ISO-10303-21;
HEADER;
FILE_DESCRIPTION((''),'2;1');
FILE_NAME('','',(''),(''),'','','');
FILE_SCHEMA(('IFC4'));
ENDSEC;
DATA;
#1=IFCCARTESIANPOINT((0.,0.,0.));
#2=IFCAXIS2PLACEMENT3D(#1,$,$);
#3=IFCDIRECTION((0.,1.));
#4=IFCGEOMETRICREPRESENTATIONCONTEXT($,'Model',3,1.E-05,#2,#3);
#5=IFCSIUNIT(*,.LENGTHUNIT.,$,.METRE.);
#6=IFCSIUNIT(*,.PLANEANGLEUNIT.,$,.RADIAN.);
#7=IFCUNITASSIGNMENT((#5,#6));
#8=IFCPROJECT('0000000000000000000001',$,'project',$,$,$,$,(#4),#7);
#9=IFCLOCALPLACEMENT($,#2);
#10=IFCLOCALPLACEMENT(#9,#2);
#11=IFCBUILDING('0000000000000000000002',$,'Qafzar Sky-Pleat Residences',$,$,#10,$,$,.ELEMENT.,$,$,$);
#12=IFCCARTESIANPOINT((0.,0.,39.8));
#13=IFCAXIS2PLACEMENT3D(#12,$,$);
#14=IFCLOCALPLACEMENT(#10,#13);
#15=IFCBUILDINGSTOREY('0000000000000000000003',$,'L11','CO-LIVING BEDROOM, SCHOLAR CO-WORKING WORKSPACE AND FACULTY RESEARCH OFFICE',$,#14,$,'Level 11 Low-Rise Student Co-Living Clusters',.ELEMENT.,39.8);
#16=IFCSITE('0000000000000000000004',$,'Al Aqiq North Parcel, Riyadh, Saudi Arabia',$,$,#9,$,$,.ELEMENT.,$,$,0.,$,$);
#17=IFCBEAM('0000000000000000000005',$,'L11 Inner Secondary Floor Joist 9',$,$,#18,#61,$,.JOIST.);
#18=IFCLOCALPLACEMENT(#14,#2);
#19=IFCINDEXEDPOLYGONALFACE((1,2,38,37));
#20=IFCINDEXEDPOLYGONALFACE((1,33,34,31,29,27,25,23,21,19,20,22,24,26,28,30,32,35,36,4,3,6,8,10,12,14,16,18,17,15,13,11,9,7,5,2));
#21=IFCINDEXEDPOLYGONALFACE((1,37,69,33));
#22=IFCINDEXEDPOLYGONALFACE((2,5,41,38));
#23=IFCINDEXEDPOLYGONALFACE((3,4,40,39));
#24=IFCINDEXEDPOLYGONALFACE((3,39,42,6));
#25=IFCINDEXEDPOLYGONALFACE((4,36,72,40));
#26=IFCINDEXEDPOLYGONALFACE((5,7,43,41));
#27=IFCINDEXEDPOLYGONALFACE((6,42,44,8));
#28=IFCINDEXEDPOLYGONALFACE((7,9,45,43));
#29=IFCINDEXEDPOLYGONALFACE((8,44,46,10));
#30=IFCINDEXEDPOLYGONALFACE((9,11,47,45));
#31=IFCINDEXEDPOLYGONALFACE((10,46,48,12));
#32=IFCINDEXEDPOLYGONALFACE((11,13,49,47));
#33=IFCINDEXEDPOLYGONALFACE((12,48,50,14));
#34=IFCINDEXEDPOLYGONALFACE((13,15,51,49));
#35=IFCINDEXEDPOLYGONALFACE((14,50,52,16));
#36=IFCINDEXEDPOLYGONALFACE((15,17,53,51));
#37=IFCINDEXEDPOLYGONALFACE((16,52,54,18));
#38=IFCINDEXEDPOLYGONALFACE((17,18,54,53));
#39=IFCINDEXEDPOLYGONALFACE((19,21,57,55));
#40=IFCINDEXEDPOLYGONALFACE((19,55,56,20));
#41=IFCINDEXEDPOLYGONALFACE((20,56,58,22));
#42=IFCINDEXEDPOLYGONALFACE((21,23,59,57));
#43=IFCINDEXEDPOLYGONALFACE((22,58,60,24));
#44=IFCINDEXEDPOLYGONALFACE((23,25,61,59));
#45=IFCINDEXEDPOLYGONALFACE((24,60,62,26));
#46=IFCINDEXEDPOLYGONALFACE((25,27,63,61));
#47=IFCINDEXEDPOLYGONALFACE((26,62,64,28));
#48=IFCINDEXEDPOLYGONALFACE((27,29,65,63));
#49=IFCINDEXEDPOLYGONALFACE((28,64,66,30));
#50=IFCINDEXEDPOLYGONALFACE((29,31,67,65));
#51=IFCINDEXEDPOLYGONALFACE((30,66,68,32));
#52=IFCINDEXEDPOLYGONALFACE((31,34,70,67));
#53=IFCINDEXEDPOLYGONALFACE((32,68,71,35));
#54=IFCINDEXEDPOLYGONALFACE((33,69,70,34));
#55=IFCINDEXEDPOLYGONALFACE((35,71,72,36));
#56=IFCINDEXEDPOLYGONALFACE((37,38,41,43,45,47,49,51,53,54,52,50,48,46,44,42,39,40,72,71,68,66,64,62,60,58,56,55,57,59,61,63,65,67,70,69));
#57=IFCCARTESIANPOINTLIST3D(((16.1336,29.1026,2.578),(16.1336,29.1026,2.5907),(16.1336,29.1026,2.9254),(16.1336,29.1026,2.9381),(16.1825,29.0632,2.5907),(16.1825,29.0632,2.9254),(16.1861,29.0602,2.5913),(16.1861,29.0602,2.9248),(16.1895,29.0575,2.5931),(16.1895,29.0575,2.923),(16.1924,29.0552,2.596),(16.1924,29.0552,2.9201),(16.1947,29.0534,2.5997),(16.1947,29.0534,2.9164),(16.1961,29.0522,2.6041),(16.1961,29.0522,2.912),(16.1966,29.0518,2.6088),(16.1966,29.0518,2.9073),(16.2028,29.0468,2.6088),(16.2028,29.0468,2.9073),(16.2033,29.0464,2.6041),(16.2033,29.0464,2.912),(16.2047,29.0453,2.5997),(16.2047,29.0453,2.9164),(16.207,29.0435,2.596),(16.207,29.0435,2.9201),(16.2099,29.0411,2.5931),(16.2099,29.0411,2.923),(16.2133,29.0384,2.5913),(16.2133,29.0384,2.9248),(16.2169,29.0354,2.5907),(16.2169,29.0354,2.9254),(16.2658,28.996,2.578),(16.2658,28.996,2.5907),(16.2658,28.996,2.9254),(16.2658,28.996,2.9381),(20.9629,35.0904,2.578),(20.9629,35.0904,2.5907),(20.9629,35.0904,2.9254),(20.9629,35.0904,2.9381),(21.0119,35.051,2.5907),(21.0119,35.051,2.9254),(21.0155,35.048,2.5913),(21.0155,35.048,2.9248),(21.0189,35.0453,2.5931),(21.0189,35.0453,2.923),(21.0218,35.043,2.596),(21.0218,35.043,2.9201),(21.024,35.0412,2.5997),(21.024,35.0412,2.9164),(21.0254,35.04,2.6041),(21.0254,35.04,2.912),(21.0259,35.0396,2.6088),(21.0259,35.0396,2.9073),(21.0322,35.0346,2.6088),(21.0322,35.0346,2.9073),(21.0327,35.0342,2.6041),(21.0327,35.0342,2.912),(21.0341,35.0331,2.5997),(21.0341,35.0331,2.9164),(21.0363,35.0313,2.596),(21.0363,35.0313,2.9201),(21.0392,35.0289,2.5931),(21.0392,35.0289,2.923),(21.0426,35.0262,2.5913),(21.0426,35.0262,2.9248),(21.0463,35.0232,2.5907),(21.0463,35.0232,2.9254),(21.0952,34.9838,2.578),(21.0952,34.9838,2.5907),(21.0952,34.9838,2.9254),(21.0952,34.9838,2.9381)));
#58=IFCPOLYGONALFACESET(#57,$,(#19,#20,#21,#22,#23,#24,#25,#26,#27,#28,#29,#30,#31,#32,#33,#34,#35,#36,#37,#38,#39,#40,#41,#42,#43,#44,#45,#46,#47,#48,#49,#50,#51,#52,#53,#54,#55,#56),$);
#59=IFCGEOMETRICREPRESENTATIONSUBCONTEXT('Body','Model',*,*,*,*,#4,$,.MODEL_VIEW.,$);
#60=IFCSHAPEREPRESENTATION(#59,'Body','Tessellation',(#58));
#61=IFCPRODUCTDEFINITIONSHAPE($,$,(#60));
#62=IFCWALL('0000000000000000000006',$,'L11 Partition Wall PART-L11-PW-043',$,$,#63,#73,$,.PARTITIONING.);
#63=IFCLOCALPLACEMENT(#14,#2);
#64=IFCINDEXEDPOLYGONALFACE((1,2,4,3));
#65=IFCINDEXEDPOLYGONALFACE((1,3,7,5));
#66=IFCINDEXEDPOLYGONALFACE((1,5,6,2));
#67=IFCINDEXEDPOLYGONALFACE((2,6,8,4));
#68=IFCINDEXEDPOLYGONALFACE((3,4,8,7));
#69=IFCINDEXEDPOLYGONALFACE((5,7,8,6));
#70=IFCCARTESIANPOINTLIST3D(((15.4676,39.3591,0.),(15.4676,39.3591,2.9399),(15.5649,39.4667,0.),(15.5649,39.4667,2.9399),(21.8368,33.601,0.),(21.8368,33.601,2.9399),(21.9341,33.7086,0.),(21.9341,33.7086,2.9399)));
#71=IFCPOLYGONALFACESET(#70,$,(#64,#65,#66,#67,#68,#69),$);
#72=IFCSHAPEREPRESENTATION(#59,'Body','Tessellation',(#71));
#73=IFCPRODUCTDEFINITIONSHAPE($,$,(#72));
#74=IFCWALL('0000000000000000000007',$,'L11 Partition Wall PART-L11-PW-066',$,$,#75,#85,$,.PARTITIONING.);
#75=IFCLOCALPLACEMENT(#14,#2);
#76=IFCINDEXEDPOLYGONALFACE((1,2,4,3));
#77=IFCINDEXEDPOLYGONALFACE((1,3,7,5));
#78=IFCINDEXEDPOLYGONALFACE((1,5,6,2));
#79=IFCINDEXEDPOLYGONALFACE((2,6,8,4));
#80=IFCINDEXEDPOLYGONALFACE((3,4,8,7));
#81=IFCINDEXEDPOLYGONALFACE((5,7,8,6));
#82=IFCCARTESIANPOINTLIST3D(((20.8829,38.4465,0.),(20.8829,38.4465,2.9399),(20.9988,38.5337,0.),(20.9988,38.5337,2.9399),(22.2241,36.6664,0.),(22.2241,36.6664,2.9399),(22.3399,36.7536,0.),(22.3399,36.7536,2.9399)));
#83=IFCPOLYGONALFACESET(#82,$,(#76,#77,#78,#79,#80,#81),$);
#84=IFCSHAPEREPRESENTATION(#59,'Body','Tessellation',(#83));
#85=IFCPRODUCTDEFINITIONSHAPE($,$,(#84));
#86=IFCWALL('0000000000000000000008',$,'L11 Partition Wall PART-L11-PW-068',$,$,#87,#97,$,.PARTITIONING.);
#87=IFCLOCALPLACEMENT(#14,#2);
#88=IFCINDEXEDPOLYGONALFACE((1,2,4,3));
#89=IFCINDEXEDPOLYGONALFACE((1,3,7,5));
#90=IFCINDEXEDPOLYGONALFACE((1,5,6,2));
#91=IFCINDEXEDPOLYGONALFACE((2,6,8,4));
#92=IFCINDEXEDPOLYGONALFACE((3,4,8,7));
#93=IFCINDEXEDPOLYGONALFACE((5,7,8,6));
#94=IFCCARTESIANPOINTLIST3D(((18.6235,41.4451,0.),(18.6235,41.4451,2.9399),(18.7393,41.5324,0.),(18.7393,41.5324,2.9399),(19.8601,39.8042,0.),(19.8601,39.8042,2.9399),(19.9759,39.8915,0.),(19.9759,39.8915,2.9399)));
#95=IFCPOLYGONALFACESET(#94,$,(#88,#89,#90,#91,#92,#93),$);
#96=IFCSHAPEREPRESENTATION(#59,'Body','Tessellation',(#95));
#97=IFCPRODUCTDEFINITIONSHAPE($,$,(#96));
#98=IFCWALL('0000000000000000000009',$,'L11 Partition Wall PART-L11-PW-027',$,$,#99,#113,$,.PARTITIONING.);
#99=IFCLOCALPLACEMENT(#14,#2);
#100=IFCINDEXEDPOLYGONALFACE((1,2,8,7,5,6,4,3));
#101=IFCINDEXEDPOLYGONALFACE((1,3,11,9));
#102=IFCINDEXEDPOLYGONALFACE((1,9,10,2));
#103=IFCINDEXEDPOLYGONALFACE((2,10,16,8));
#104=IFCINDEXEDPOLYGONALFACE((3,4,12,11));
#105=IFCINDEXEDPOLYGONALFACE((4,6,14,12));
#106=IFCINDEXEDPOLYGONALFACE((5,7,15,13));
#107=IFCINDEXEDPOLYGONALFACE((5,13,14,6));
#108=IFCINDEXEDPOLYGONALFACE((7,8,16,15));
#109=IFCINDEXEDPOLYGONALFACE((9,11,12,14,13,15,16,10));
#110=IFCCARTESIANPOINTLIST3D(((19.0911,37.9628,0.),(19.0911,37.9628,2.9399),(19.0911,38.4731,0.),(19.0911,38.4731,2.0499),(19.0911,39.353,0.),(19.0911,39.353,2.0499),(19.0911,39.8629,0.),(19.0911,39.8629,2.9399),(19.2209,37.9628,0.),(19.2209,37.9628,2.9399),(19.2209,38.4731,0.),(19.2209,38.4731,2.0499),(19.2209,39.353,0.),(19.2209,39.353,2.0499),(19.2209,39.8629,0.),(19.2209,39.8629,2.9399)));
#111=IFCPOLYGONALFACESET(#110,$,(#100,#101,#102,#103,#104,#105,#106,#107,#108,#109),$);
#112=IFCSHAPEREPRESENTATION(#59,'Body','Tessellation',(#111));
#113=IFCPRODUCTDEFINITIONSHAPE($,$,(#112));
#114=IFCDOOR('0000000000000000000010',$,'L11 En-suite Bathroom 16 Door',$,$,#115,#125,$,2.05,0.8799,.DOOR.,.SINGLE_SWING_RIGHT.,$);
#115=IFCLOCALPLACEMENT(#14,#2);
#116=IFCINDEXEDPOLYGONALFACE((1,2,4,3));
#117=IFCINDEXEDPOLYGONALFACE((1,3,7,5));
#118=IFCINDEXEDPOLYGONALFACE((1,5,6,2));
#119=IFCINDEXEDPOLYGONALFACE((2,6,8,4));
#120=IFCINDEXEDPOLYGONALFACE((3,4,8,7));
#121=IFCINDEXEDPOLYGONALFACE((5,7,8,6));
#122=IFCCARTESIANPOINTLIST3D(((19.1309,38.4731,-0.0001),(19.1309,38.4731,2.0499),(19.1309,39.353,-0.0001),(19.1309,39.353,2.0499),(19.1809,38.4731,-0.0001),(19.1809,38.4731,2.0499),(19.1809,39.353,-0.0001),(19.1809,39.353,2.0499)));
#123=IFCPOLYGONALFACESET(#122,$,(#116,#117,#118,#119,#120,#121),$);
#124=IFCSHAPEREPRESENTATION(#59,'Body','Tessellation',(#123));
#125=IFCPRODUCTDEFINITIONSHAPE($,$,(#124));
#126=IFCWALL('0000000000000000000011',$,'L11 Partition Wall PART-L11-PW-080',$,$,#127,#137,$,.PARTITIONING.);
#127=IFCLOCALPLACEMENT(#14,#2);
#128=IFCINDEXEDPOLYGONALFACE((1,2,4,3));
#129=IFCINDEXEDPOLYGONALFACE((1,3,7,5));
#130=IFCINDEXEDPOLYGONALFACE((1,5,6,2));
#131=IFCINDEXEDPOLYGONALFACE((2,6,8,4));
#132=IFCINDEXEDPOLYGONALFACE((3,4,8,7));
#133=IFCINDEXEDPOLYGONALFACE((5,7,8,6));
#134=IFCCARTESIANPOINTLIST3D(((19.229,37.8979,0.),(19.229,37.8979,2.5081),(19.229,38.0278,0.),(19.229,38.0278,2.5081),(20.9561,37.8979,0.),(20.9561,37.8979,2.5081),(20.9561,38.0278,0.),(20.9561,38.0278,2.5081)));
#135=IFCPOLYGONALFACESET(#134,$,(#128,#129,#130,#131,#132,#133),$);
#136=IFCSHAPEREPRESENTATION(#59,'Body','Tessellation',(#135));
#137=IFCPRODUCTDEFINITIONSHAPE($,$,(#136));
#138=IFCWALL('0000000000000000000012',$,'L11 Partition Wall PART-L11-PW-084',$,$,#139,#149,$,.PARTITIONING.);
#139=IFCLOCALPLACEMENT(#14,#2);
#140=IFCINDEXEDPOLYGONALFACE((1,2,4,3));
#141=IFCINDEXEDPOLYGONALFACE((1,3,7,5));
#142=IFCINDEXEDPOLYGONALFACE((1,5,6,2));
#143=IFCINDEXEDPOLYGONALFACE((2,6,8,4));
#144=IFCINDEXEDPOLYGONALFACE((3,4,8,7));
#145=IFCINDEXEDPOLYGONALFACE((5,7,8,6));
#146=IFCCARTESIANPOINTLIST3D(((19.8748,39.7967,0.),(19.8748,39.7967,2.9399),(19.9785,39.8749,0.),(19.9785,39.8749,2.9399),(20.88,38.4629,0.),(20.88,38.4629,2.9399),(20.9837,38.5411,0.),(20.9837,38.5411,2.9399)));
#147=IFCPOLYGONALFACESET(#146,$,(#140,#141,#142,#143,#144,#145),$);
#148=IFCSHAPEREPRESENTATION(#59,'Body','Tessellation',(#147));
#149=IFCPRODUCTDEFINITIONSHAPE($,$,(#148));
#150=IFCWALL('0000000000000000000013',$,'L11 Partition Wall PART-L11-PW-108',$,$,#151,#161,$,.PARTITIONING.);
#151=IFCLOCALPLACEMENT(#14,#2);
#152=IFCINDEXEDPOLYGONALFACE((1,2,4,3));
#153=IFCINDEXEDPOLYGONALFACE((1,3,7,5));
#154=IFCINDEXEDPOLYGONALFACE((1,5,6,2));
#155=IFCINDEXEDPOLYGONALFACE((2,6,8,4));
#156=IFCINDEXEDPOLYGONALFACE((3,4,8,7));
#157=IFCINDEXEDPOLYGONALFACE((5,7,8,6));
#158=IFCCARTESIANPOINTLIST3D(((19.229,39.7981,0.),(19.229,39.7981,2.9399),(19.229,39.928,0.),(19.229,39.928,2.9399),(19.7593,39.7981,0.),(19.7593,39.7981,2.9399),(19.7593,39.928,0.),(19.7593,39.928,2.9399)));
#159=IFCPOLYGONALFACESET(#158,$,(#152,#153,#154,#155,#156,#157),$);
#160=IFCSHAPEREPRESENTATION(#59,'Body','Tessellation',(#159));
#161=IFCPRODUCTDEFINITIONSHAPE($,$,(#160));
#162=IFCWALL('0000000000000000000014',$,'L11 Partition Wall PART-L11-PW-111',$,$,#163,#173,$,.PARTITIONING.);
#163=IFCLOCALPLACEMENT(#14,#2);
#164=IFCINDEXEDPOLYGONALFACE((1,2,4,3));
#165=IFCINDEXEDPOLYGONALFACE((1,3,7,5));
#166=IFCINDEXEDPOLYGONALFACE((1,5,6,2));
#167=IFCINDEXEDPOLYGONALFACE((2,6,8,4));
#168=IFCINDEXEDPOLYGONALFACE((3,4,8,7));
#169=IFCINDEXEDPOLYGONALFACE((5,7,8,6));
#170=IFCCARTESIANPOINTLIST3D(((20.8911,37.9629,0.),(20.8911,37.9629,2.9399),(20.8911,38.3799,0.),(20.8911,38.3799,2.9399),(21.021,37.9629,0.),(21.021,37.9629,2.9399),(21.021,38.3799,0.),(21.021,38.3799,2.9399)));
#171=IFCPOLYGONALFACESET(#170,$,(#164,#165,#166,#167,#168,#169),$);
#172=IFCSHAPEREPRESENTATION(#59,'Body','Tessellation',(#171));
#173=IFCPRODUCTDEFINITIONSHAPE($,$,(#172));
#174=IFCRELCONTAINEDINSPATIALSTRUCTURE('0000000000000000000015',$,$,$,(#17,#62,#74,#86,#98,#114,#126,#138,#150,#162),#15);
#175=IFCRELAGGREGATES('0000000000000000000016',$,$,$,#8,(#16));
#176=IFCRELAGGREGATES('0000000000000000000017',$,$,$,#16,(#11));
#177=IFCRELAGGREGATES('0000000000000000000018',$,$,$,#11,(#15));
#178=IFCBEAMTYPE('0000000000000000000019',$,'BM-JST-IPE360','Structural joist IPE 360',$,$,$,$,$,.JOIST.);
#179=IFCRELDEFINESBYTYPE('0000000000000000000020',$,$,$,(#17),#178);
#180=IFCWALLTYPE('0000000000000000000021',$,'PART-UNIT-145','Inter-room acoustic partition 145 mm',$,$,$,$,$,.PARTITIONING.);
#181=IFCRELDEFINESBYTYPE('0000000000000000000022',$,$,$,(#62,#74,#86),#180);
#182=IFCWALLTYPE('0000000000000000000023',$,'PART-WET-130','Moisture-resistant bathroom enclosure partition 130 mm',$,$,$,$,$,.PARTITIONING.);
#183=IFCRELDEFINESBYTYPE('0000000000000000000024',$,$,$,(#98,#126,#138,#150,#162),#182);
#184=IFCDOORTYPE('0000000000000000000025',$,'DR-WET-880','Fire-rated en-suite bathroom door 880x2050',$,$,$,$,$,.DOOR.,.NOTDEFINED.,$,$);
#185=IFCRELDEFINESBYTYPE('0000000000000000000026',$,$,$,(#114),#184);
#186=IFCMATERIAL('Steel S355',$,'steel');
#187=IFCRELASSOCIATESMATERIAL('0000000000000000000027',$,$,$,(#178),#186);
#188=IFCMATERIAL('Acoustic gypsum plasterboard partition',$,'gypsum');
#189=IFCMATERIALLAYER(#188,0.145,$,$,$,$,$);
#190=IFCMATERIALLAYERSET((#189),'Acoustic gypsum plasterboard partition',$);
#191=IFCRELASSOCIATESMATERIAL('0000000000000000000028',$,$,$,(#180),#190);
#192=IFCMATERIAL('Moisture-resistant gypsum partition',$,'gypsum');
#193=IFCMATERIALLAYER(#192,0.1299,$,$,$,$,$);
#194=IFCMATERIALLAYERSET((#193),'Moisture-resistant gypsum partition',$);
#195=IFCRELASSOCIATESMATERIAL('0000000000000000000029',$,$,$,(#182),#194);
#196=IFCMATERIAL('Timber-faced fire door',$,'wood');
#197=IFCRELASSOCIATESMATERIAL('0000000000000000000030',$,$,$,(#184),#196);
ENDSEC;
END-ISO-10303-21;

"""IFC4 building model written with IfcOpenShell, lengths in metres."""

from ifc_helpers import new_model, si_unit, direction, frame, frame_2d, origin, origin_2d, place, context, subcontext, project, spatial, rectangle, i_section, extrude, source, transform, mapped, material, layer, layer_set, material_profile, profile_set, type_object, element, fill, save


model = new_model("IFC4")

# Units and contexts
model_context = context("Model", 3, precision=1e-05, world=origin(), true_north=direction((0.0, 1.0)))
body_context = subcontext(model_context, "Body", "Model", "MODEL_VIEW")
ifc_project = project(units=[si_unit("LENGTHUNIT", "METRE"), si_unit("PLANEANGLEUNIT", "RADIAN")], contexts=[model_context])

# Site, building, storey
site_placement = place(None, origin())
site = spatial("IfcSite", under=ifc_project, at=site_placement, Name="Al Aqiq North Parcel, Riyadh, Saudi Arabia", CompositionType="ELEMENT", RefElevation=0.0)
building_placement = place(site_placement, origin())
building = spatial("IfcBuilding", under=site, at=building_placement, Name="Qafzar Sky-Pleat Residences", CompositionType="ELEMENT")
storey_placement = place(building_placement, frame((0.0, 0.0, 39.8)))
storey = spatial("IfcBuildingStorey", under=building, at=storey_placement, Name="L11", Description="CO-LIVING BEDROOM, SCHOLAR CO-WORKING WORKSPACE AND FACULTY RESEARCH OFFICE", LongName="Level 11 Low-Rise Student Co-Living Clusters", CompositionType="ELEMENT", Elevation=39.8)

# Beam
ifc_material_1 = material(Name="Steel S355", Category="steel")
ifc_material_profile_1 = material_profile(ifc_material_1, i_section(OverallWidth=0.1699, OverallDepth=0.3601, WebThickness=0.0081, FlangeThickness=0.0127, FilletRadius=0.0181, at=origin_2d()), Name="IPE 360")
ifc_profile_set_1 = profile_set([ifc_material_profile_1], Name="Steel S355")
beam_type_1 = type_object("IfcBeamType", Name="BM-JST-IPE360", Description="Structural joist IPE 360", PredefinedType="JOIST", material=ifc_profile_set_1)
shared_shape_1 = source(origin(), body_context, "Body", "SweptSolid", [
    extrude(i_section(OverallWidth=0.1699, OverallDepth=0.3601, WebThickness=0.0081, FlangeThickness=0.0127, FilletRadius=0.0181, at=origin_2d()), origin(), (0.0, 0.0, 1.0), 7.6926),
])
beam_1_placement = place(storey_placement, frame((21.0291, 35.0371, 2.7581), z_axis=(-0.62779, -0.778383, 0.0), x_axis=(0.778383, -0.62779, 0.0)))
element("IfcBeam", 1, at=beam_1_placement, inside=storey, type_object=beam_type_1, Name="L11 Inner Secondary Floor Joist 9", PredefinedType="JOIST", context=body_context, shape_type="MappedRepresentation", body=[
    mapped(shared_shape_1, transform((0.0, 0.0, 0.0), x_axis=(1.0, 0.0, 0.0), y_axis=(0.0, 1.0, 0.0), z_axis=(0.0, 0.0, 1.0), scale=1.0)),
])

# Walls
ifc_material_2 = material(Name="Acoustic gypsum plasterboard partition", Category="gypsum")
ifc_layer_1 = layer(ifc_material_2, 0.145)
ifc_layer_set_1 = layer_set([ifc_layer_1], Name="Acoustic gypsum plasterboard partition")
wall_type_1 = type_object("IfcWallType", Name="PART-UNIT-145", Description="Inter-room acoustic partition 145 mm", PredefinedType="PARTITIONING", material=ifc_layer_set_1)
wall_1_placement = place(storey_placement, frame((15.5164, 39.4128, 0.0), z_axis=(0.0, 0.0, 1.0), x_axis=(0.741796, -0.670625, 0.0)))
element("IfcWall", 2, at=wall_1_placement, inside=storey, type_object=wall_type_1, Name="L11 Partition Wall PART-L11-PW-043", PredefinedType="PARTITIONING", context=body_context, shape_type="SweptSolid", body=[
    extrude(rectangle(XDim=8.5862, YDim=0.145, at=frame_2d((4.293, 0.0))), origin(), (0.0, 0.0, 1.0), 2.9399),
])
wall_2_placement = place(storey_placement, frame((20.9409, 38.49, 0.0), z_axis=(0.0, 0.0, 1.0), x_axis=(0.601734, -0.798697, 0.0)))
element("IfcWall", 3, at=wall_2_placement, inside=storey, type_object=wall_type_1, Name="L11 Partition Wall PART-L11-PW-066", PredefinedType="PARTITIONING", context=body_context, shape_type="SweptSolid", body=[
    extrude(rectangle(XDim=2.2288, YDim=0.145, at=frame_2d((1.1143, 0.0))), origin(), (0.0, 0.0, 1.0), 2.9399),
])
wall_3_placement = place(storey_placement, frame((18.6814, 41.4888, 0.0), z_axis=(0.0, 0.0, 1.0), x_axis=(0.601843, -0.798615, 0.0)))
element("IfcWall", 4, at=wall_3_placement, inside=storey, type_object=wall_type_1, Name="L11 Partition Wall PART-L11-PW-068", PredefinedType="PARTITIONING", context=body_context, shape_type="SweptSolid", body=[
    extrude(rectangle(XDim=2.0547, YDim=0.145, at=frame_2d((1.0273, 0.0))), origin(), (0.0, 0.0, 1.0), 2.9399),
])

# Wall, opening, door
ifc_material_3 = material(Name="Moisture-resistant gypsum partition", Category="gypsum")
ifc_layer_2 = layer(ifc_material_3, 0.1299)
ifc_layer_set_2 = layer_set([ifc_layer_2], Name="Moisture-resistant gypsum partition")
wall_type_2 = type_object("IfcWallType", Name="PART-WET-130", Description="Moisture-resistant bathroom enclosure partition 130 mm", PredefinedType="PARTITIONING", material=ifc_layer_set_2)
wall_4_placement = place(storey_placement, frame((19.156, 39.863, 0.0), z_axis=(0.0, 0.0, 1.0), x_axis=(0.0, -1.0, 0.0)))
wall_4 = element("IfcWall", 5, at=wall_4_placement, inside=storey, type_object=wall_type_2, Name="L11 Partition Wall PART-L11-PW-027", PredefinedType="PARTITIONING", context=body_context, shape_type="SweptSolid", body=[
    extrude(rectangle(XDim=1.9001, YDim=0.1299, at=frame_2d((0.9502, 0.0))), origin(), (0.0, 0.0, 1.0), 2.9399),
])
opening_1_placement = place(wall_4_placement, frame((0.51, 0.0, 0.0)))
opening_1 = element("IfcOpeningElement", 6, at=opening_1_placement, cuts=wall_4, PredefinedType="OPENING", context=body_context, shape_type="SweptSolid", body=[
    extrude(rectangle(XDim=0.8799, YDim=2.05, at=frame_2d((0.4399, 1.0249))), frame((0.0, 0.075, 0.0), z_axis=(0.0, -1.0, 0.0), x_axis=(1.0, 0.0, 0.0)), (0.0, 0.0, 1.0), 0.1499),
])
ifc_material_4 = material(Name="Timber-faced fire door", Category="wood")
door_type = type_object("IfcDoorType", Name="DR-WET-880", Description="Fire-rated en-suite bathroom door 880x2050", OperationType="NOTDEFINED", PredefinedType="DOOR", material=ifc_material_4)
shared_shape_2 = source(origin(), body_context, "Body", "SweptSolid", [
    extrude(rectangle(XDim=0.8799, YDim=2.05, at=frame_2d((0.4399, 1.0249))), frame((0.0, 0.0249, 0.0), z_axis=(0.0, -1.0, 0.0), x_axis=(1.0, 0.0, 0.0)), (0.0, 0.0, 1.0), 0.05),
])
door_placement = place(opening_1_placement, origin())
door = element("IfcDoor", 7, at=door_placement, inside=storey, type_object=door_type, Name="L11 En-suite Bathroom 16 Door", OperationType="SINGLE_SWING_RIGHT", OverallHeight=2.05, OverallWidth=0.8799, PredefinedType="DOOR", context=body_context, shape_type="MappedRepresentation", body=[
    mapped(shared_shape_2, transform((0.0, 0.0, 0.0), x_axis=(1.0, 0.0, 0.0), y_axis=(0.0, 1.0, 0.0), z_axis=(0.0, 0.0, 1.0), scale=1.0)),
])
fill(opening_1, door)

# Walls
wall_5_placement = place(storey_placement, frame((19.229, 37.9629, 0.0), z_axis=(0.0, 0.0, 1.0), x_axis=(1.0, 0.0, 0.0)))
element("IfcWall", 8, at=wall_5_placement, inside=storey, type_object=wall_type_2, Name="L11 Partition Wall PART-L11-PW-080", PredefinedType="PARTITIONING", context=body_context, shape_type="SweptSolid", body=[
    extrude(rectangle(XDim=1.7271, YDim=0.1299, at=frame_2d((0.8635, 0.0))), origin(), (0.0, 0.0, 1.0), 2.5081),
])
wall_6_placement = place(storey_placement, frame((19.9268, 39.8357, 0.0), z_axis=(0.0, 0.0, 1.0), x_axis=(0.601846, -0.798612, 0.0)))
element("IfcWall", 9, at=wall_6_placement, inside=storey, type_object=wall_type_2, Name="L11 Partition Wall PART-L11-PW-084", PredefinedType="PARTITIONING", context=body_context, shape_type="SweptSolid", body=[
    extrude(rectangle(XDim=1.6702, YDim=0.1299, at=frame_2d((0.835, 0.0))), origin(), (0.0, 0.0, 1.0), 2.9399),
])
wall_7_placement = place(storey_placement, frame((19.229, 39.863, 0.0), z_axis=(0.0, 0.0, 1.0), x_axis=(1.0, 0.0, 0.0)))
element("IfcWall", 10, at=wall_7_placement, inside=storey, type_object=wall_type_2, Name="L11 Partition Wall PART-L11-PW-108", PredefinedType="PARTITIONING", context=body_context, shape_type="SweptSolid", body=[
    extrude(rectangle(XDim=0.5303, YDim=0.1299, at=frame_2d((0.2651, 0.0))), origin(), (0.0, 0.0, 1.0), 2.9399),
])
wall_8_placement = place(storey_placement, frame((20.9561, 37.9629, 0.0), z_axis=(0.0, 0.0, 1.0), x_axis=(0.0, 1.0, 0.0)))
element("IfcWall", 11, at=wall_8_placement, inside=storey, type_object=wall_type_2, Name="L11 Partition Wall PART-L11-PW-111", PredefinedType="PARTITIONING", context=body_context, shape_type="SweptSolid", body=[
    extrude(rectangle(XDim=0.417, YDim=0.1299, at=frame_2d((0.2085, 0.0))), origin(), (0.0, 0.0, 1.0), 2.9399),
])

save(model, "model.ifc")
